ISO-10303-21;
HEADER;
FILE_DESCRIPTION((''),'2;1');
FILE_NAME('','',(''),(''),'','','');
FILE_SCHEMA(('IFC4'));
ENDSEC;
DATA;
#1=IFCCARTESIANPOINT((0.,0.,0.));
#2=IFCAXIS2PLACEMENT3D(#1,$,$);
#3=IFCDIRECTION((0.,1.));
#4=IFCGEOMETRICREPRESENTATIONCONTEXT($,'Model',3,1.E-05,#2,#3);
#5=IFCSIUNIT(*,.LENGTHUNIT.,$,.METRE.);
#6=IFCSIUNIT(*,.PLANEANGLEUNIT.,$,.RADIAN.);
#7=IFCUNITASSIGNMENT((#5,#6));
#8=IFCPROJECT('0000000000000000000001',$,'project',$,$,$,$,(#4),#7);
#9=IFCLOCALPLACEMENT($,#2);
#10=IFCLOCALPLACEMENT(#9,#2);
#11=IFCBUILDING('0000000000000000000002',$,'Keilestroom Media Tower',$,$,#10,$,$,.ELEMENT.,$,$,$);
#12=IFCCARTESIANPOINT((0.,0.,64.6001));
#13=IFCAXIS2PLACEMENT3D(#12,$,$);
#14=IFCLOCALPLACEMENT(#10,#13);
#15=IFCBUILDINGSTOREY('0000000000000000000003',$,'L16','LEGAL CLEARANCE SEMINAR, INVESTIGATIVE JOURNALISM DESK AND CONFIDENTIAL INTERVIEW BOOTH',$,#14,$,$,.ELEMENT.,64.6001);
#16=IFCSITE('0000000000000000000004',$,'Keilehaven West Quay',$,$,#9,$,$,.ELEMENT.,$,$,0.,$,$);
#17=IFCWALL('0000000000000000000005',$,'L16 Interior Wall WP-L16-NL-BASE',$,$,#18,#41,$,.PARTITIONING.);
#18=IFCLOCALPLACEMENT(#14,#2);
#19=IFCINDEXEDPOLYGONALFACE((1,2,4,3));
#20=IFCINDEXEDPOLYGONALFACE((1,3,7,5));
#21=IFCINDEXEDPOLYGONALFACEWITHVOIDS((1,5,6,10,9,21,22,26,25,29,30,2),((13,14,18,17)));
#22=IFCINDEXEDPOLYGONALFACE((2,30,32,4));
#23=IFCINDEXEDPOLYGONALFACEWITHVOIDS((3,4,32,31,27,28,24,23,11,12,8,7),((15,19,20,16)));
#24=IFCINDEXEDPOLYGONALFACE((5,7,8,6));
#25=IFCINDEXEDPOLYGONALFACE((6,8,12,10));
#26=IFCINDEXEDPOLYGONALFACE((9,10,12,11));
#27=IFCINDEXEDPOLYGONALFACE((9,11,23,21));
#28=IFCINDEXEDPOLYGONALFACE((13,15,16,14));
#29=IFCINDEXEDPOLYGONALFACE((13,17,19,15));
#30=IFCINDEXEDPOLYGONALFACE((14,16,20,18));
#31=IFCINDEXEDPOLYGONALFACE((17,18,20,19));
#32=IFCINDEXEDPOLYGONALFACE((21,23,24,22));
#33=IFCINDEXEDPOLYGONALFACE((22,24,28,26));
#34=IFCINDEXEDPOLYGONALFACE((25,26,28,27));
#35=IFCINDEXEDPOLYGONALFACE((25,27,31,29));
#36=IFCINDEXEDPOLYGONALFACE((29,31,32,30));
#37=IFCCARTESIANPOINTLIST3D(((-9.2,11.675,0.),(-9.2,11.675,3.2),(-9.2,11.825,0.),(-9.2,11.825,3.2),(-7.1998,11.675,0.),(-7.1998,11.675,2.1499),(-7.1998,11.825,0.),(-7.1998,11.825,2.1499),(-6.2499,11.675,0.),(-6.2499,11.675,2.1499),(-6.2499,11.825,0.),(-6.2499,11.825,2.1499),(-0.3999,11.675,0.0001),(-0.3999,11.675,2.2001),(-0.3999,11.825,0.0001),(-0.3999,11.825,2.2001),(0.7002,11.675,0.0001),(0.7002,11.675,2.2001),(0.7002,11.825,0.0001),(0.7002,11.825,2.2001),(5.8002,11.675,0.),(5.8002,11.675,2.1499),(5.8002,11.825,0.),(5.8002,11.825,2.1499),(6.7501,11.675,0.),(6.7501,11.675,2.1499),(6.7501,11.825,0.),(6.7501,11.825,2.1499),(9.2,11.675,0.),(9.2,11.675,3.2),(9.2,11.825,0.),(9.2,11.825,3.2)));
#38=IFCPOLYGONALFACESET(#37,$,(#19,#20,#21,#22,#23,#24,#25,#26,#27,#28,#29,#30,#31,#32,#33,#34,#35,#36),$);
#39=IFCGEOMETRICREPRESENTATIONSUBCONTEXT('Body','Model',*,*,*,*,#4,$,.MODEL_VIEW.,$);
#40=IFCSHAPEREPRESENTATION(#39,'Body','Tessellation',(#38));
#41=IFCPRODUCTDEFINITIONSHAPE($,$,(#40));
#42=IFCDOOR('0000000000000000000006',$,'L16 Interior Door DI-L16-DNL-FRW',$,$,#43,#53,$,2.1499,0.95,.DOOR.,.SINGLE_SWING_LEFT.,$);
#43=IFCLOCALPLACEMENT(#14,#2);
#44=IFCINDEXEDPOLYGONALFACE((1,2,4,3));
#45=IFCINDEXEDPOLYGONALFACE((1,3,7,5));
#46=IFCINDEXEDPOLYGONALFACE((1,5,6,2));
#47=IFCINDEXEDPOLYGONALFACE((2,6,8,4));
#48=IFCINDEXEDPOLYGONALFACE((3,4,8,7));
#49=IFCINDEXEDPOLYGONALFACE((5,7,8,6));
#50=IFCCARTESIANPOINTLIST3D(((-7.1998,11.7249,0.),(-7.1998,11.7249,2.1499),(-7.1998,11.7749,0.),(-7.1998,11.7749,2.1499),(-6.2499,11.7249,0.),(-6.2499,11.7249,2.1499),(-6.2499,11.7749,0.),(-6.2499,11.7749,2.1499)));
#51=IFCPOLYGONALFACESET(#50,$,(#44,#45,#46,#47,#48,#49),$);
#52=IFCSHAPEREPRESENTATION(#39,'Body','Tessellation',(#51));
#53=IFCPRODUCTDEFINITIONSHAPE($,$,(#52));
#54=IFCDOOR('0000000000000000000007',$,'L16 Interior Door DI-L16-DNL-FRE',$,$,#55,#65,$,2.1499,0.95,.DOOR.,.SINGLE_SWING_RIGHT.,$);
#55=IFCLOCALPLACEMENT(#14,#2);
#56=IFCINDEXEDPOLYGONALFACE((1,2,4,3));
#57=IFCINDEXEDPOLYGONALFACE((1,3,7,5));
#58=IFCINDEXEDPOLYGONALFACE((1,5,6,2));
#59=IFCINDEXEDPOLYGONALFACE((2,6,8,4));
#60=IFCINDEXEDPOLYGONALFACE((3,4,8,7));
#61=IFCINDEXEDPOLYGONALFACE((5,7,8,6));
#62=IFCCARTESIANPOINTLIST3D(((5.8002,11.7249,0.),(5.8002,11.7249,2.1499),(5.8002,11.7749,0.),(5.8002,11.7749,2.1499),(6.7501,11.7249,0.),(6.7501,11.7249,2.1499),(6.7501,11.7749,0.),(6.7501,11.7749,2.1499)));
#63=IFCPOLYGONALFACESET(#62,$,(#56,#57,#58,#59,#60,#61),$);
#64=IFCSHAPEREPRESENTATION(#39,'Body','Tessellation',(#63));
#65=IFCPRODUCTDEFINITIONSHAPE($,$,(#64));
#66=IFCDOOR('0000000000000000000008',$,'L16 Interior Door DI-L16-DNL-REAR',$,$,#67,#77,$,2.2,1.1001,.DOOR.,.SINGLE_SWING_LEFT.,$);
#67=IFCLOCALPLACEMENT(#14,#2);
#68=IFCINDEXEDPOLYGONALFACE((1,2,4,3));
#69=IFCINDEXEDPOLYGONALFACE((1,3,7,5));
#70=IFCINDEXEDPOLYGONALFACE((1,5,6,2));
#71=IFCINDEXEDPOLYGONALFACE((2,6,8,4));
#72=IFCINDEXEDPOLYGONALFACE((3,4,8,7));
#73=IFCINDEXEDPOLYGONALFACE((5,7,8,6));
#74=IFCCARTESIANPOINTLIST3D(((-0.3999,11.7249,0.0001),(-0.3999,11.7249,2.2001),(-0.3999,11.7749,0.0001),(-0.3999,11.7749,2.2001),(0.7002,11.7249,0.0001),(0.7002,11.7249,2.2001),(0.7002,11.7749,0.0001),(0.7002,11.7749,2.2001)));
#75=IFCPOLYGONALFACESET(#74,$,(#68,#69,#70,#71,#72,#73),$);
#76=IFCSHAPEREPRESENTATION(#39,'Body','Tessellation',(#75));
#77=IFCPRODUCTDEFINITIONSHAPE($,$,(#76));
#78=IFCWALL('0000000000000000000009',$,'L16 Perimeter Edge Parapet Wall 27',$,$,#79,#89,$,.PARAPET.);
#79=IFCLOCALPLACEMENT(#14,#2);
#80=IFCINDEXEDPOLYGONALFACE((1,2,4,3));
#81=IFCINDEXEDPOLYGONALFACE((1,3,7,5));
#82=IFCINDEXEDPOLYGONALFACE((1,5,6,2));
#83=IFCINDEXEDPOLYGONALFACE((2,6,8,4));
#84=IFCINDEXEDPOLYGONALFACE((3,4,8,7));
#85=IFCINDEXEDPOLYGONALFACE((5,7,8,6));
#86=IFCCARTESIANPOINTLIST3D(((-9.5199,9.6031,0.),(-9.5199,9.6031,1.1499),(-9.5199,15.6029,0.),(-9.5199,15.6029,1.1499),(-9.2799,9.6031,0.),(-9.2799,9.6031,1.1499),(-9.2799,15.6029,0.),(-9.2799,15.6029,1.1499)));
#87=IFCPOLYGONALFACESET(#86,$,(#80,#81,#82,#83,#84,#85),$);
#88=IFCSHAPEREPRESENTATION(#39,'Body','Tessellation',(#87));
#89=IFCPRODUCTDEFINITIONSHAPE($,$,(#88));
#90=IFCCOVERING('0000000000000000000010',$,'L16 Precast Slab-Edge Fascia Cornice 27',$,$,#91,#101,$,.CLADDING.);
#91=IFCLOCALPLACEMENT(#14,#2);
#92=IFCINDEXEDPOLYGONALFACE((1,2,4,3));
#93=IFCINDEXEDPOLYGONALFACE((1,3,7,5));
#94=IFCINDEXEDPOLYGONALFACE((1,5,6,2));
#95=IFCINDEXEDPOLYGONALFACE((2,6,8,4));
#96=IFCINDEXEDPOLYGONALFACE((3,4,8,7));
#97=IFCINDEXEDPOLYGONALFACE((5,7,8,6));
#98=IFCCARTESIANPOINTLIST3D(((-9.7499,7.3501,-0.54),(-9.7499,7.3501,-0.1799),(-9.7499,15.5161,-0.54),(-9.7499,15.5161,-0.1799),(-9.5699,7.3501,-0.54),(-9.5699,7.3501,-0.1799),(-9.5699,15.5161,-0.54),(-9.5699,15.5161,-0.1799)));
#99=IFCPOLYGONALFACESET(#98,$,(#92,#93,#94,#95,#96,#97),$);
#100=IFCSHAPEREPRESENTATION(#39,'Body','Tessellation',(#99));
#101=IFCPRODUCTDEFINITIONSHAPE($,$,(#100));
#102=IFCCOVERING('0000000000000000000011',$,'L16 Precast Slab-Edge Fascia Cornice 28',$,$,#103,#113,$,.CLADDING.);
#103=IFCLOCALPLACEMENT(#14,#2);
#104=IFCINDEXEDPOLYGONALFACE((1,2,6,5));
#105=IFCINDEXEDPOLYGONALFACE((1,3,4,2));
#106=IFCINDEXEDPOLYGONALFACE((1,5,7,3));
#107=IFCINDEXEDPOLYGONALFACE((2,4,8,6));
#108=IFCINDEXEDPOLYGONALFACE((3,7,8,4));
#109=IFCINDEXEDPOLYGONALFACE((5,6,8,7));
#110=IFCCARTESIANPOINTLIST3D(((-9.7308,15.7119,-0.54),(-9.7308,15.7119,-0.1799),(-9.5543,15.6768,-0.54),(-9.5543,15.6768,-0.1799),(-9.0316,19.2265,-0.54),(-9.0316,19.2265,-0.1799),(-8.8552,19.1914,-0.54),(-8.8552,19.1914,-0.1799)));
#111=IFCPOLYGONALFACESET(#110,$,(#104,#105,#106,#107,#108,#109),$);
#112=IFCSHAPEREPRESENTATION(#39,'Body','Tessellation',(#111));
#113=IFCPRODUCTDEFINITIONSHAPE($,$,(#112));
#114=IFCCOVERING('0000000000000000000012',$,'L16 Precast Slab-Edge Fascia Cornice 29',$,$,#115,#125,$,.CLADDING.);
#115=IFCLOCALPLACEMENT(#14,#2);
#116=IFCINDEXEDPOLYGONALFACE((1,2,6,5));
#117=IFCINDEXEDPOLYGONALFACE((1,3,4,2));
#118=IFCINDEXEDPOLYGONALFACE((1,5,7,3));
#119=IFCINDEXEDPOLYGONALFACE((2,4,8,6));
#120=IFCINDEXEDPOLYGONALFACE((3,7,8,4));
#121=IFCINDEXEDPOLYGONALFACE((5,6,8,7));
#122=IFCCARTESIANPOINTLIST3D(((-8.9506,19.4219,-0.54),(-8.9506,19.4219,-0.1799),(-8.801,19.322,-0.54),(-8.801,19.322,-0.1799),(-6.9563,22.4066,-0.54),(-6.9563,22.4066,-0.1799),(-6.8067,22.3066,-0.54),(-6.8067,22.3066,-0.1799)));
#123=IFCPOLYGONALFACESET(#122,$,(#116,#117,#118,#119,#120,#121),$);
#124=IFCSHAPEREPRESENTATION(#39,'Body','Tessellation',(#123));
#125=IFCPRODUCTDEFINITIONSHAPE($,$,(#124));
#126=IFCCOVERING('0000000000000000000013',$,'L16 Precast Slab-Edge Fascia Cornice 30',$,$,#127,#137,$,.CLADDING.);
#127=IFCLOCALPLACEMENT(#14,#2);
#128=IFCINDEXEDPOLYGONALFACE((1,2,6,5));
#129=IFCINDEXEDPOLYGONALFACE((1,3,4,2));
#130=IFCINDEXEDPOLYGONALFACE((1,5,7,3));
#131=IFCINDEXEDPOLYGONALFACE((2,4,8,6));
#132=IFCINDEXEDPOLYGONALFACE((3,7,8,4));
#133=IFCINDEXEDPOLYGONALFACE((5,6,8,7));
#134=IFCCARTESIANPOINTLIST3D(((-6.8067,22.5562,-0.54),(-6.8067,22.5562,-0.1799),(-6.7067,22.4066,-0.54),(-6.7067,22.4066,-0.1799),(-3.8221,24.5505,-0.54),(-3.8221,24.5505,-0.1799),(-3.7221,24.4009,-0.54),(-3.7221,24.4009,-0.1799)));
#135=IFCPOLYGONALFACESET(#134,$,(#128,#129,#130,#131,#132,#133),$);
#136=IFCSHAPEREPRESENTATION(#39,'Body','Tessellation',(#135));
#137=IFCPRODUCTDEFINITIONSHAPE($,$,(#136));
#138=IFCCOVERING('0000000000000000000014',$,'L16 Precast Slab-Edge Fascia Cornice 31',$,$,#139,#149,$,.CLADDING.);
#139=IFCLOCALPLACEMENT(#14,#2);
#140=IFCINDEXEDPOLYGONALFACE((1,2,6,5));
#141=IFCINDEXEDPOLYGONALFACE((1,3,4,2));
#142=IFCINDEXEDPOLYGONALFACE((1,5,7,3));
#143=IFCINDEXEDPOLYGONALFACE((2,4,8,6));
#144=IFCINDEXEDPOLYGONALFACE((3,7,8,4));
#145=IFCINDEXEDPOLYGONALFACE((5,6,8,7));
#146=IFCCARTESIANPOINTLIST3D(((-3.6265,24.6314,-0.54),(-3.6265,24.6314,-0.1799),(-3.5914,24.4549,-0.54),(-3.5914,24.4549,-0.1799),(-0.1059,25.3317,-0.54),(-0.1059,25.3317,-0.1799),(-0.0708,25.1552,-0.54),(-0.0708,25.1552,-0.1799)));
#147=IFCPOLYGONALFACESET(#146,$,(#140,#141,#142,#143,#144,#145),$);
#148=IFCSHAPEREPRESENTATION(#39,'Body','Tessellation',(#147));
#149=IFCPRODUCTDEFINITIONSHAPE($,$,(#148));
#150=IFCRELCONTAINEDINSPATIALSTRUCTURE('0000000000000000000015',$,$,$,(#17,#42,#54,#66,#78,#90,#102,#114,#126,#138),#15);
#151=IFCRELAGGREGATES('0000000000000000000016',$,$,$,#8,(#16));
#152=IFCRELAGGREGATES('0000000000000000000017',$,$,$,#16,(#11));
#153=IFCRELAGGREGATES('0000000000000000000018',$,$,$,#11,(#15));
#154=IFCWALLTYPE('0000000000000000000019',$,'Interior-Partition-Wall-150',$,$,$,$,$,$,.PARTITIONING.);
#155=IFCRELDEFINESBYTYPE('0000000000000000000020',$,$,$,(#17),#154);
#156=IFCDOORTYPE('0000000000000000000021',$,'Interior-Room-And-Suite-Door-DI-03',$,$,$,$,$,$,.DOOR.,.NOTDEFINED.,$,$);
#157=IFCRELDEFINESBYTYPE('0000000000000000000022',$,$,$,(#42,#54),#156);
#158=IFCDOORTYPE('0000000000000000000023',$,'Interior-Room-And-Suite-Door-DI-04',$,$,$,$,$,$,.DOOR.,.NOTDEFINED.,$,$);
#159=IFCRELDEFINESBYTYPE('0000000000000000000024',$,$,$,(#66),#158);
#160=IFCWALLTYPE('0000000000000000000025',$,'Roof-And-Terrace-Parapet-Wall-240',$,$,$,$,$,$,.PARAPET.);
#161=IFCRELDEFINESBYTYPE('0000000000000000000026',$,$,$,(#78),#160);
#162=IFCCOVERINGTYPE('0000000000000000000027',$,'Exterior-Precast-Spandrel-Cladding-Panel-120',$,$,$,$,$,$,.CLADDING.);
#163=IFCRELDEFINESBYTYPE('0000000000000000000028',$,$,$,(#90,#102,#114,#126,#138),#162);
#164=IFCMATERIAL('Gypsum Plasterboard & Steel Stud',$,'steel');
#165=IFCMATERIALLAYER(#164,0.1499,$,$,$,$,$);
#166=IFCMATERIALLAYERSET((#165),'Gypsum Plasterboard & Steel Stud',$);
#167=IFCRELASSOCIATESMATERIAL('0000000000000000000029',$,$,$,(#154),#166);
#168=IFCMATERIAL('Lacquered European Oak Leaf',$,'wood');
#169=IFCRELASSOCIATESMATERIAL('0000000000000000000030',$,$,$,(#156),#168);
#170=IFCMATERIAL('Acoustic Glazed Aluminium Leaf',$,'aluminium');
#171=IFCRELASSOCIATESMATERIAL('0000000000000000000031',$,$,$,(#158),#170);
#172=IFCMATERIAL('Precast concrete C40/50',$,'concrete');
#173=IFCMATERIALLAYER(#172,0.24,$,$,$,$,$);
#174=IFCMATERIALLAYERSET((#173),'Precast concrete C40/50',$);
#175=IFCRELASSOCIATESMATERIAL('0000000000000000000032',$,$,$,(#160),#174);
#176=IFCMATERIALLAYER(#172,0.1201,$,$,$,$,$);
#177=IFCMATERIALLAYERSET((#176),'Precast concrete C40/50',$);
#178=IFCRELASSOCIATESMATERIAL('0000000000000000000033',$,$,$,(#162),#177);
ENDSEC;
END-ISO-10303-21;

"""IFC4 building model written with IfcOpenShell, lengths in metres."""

from ifc_helpers import new_model, si_unit, direction, frame, frame_2d, origin, origin_2d, place, context, subcontext, project, spatial, rectangle, extrude, source, transform, mapped, material, layer, layer_set, type_object, element, fill, save


model = new_model("IFC4")

# Units and contexts
model_context = context("Model", 3, precision=1e-05, world=origin(), true_north=direction((0.0, 1.0)))
body_context = subcontext(model_context, "Body", "Model", "MODEL_VIEW")
ifc_project = project(units=[si_unit("LENGTHUNIT", "METRE"), si_unit("PLANEANGLEUNIT", "RADIAN")], contexts=[model_context])

# Site, building, storey
site_placement = place(None, origin())
site = spatial("IfcSite", under=ifc_project, at=site_placement, Name="Keilehaven West Quay", CompositionType="ELEMENT", RefElevation=0.0)
building_placement = place(site_placement, origin())
building = spatial("IfcBuilding", under=site, at=building_placement, Name="Keilestroom Media Tower", CompositionType="ELEMENT")
storey_placement = place(building_placement, frame((0.0, 0.0, 64.6001)))
storey = spatial("IfcBuildingStorey", under=building, at=storey_placement, Name="L16", Description="LEGAL CLEARANCE SEMINAR, INVESTIGATIVE JOURNALISM DESK AND CONFIDENTIAL INTERVIEW BOOTH", CompositionType="ELEMENT", Elevation=64.6001)

# Shared definitions
ifc_material_1 = material(Name="Precast concrete C40/50", Category="concrete")
ifc_material_2 = material(Name="Gypsum Plasterboard & Steel Stud", Category="steel")

# Wall, openings, doors
ifc_layer_1 = layer(ifc_material_2, 0.1499)
ifc_layer_set_1 = layer_set([ifc_layer_1], Name="Gypsum Plasterboard & Steel Stud")
wall_type_1 = type_object("IfcWallType", Name="Interior-Partition-Wall-150", PredefinedType="PARTITIONING", material=ifc_layer_set_1)
wall_1_placement = place(storey_placement, frame((-9.2, 11.75, 0.0), z_axis=(0.0, 0.0, 1.0), x_axis=(1.0, 0.0, 0.0)))
wall_1 = element("IfcWall", 1, at=wall_1_placement, inside=storey, type_object=wall_type_1, Name="L16 Interior Wall WP-L16-NL-BASE", PredefinedType="PARTITIONING", context=body_context, shape_type="SweptSolid", body=[
    extrude(rectangle(XDim=18.3999, YDim=0.1499, at=frame_2d((9.2, 0.0))), origin(), (0.0, 0.0, 1.0), 3.2),
])
opening_1_placement = place(wall_1_placement, frame((2.0, 0.0, 0.0)))
opening_1 = element("IfcOpeningElement", 2, at=opening_1_placement, cuts=wall_1, PredefinedType="OPENING", context=body_context, shape_type="SweptSolid", body=[
    extrude(rectangle(XDim=0.95, YDim=2.1499, at=frame_2d((0.4751, 1.075))), frame((0.0, 0.085, 0.0), z_axis=(0.0, -1.0, 0.0), x_axis=(1.0, 0.0, 0.0)), (0.0, 0.0, 1.0), 0.1699),
])
opening_2_placement = place(wall_1_placement, frame((15.0, 0.0, 0.0)))
opening_2 = element("IfcOpeningElement", 3, at=opening_2_placement, cuts=wall_1, PredefinedType="OPENING", context=body_context, shape_type="SweptSolid", body=[
    extrude(rectangle(XDim=0.95, YDim=2.1499, at=frame_2d((0.4751, 1.075))), frame((0.0, 0.085, 0.0), z_axis=(0.0, -1.0, 0.0), x_axis=(1.0, 0.0, 0.0)), (0.0, 0.0, 1.0), 0.1699),
])
opening_3_placement = place(wall_1_placement, frame((8.8, 0.0, 0.0)))
opening_3 = element("IfcOpeningElement", 4, at=opening_3_placement, cuts=wall_1, PredefinedType="OPENING", context=body_context, shape_type="SweptSolid", body=[
    extrude(rectangle(XDim=1.1001, YDim=2.2, at=frame_2d((0.55, 1.1001))), frame((0.0, 0.085, 0.0), z_axis=(0.0, -1.0, 0.0), x_axis=(1.0, 0.0, 0.0)), (0.0, 0.0, 1.0), 0.1699),
])
ifc_material_3 = material(Name="Lacquered European Oak Leaf", Category="wood")
door_type_1 = type_object("IfcDoorType", Name="Interior-Room-And-Suite-Door-DI-03", OperationType="NOTDEFINED", PredefinedType="DOOR", material=ifc_material_3)
shared_shape_1 = source(origin(), body_context, "Body", "SweptSolid", [
    extrude(rectangle(XDim=0.95, YDim=2.1499, at=frame_2d((0.4751, 1.075))), frame((0.0, 0.0249, 0.0), z_axis=(0.0, -1.0, 0.0), x_axis=(1.0, 0.0, 0.0)), (0.0, 0.0, 1.0), 0.05),
])
door_1_placement = place(opening_1_placement, origin())
door_1 = element("IfcDoor", 5, at=door_1_placement, inside=storey, type_object=door_type_1, Name="L16 Interior Door DI-L16-DNL-FRW", OperationType="SINGLE_SWING_LEFT", OverallHeight=2.1499, OverallWidth=0.95, PredefinedType="DOOR", context=body_context, shape_type="MappedRepresentation", body=[
    mapped(shared_shape_1, transform((0.0, 0.0, 0.0), x_axis=(1.0, 0.0, 0.0), y_axis=(0.0, 1.0, 0.0), z_axis=(0.0, 0.0, 1.0), scale=1.0)),
])
fill(opening_1, door_1)
door_2_placement = place(opening_2_placement, origin())
door_2 = element("IfcDoor", 6, at=door_2_placement, inside=storey, type_object=door_type_1, Name="L16 Interior Door DI-L16-DNL-FRE", OperationType="SINGLE_SWING_RIGHT", OverallHeight=2.1499, OverallWidth=0.95, PredefinedType="DOOR", context=body_context, shape_type="MappedRepresentation", body=[
    mapped(shared_shape_1, transform((0.0, 0.0, 0.0), x_axis=(1.0, 0.0, 0.0), y_axis=(0.0, 1.0, 0.0), z_axis=(0.0, 0.0, 1.0), scale=1.0)),
])
fill(opening_2, door_2)
ifc_material_4 = material(Name="Acoustic Glazed Aluminium Leaf", Category="aluminium")
door_type_2 = type_object("IfcDoorType", Name="Interior-Room-And-Suite-Door-DI-04", OperationType="NOTDEFINED", PredefinedType="DOOR", material=ifc_material_4)
shared_shape_2 = source(origin(), body_context, "Body", "SweptSolid", [
    extrude(rectangle(XDim=1.1001, YDim=2.2, at=frame_2d((0.55, 1.1001))), frame((0.0, 0.0249, 0.0), z_axis=(0.0, -1.0, 0.0), x_axis=(1.0, 0.0, 0.0)), (0.0, 0.0, 1.0), 0.05),
])
door_3_placement = place(opening_3_placement, origin())
door_3 = element("IfcDoor", 7, at=door_3_placement, inside=storey, type_object=door_type_2, Name="L16 Interior Door DI-L16-DNL-REAR", OperationType="SINGLE_SWING_LEFT", OverallHeight=2.2, OverallWidth=1.1001, PredefinedType="DOOR", context=body_context, shape_type="MappedRepresentation", body=[
    mapped(shared_shape_2, transform((0.0, 0.0, 0.0), x_axis=(1.0, 0.0, 0.0), y_axis=(0.0, 1.0, 0.0), z_axis=(0.0, 0.0, 1.0), scale=1.0)),
])
fill(opening_3, door_3)

# Wall
ifc_layer_2 = layer(ifc_material_1, 0.24)
ifc_layer_set_2 = layer_set([ifc_layer_2], Name="Precast concrete C40/50")
wall_type_2 = type_object("IfcWallType", Name="Roof-And-Terrace-Parapet-Wall-240", PredefinedType="PARAPET", material=ifc_layer_set_2)
wall_2_placement = place(storey_placement, frame((-9.3999, 9.603, 0.0), z_axis=(0.0, 0.0, 1.0), x_axis=(0.0, 1.0, 0.0)))
element("IfcWall", 8, at=wall_2_placement, inside=storey, type_object=wall_type_2, Name="L16 Perimeter Edge Parapet Wall 27", PredefinedType="PARAPET", context=body_context, shape_type="SweptSolid", body=[
    extrude(rectangle(XDim=5.9998, YDim=0.24, at=frame_2d((3.0, 0.0))), origin(), (0.0, 0.0, 1.0), 1.1499),
])

# Coverings
ifc_layer_3 = layer(ifc_material_1, 0.1201)
ifc_layer_set_3 = layer_set([ifc_layer_3], Name="Precast concrete C40/50")
covering_type = type_object("IfcCoveringType", Name="Exterior-Precast-Spandrel-Cladding-Panel-120", PredefinedType="CLADDING", material=ifc_layer_set_3)
shared_shape_3 = source(origin(), body_context, "Body", "SweptSolid", [
    extrude(rectangle(XDim=8.166, YDim=0.1799, at=origin_2d()), origin(), (0.0, 0.0, 1.0), 0.3601),
])
covering_1_placement = place(storey_placement, frame((-9.6599, 11.4331, -0.54), z_axis=(0.0, 0.0, 1.0), x_axis=(0.0, 1.0, 0.0)))
element("IfcCovering", 9, at=covering_1_placement, inside=storey, type_object=covering_type, Name="L16 Precast Slab-Edge Fascia Cornice 27", PredefinedType="CLADDING", context=body_context, shape_type="MappedRepresentation", body=[
    mapped(shared_shape_3, transform((0.0, 0.0, 0.0), x_axis=(1.0, 0.0, 0.0), y_axis=(0.0, 1.0, 0.0), z_axis=(0.0, 0.0, 1.0), scale=1.0)),
])
shared_shape_4 = source(origin(), body_context, "Body", "SweptSolid", [
    extrude(rectangle(XDim=3.5835, YDim=0.1799, at=origin_2d()), origin(), (0.0, 0.0, 1.0), 0.3601),
])
covering_2_placement = place(storey_placement, frame((-9.293, 17.4517, -0.54), z_axis=(0.0, 0.0, 1.0), x_axis=(0.195099, 0.980784, 0.0)))
element("IfcCovering", 10, at=covering_2_placement, inside=storey, type_object=covering_type, Name="L16 Precast Slab-Edge Fascia Cornice 28", PredefinedType="CLADDING", context=body_context, shape_type="MappedRepresentation", body=[
    mapped(shared_shape_4, transform((0.0, 0.0, 0.0), x_axis=(1.0, 0.0, 0.0), y_axis=(0.0, 1.0, 0.0), z_axis=(0.0, 0.0, 1.0), scale=1.0)),
])
shared_shape_5 = source(origin(), body_context, "Body", "SweptSolid", [
    extrude(rectangle(XDim=3.5896, YDim=0.1799, at=origin_2d()), origin(), (0.0, 0.0, 1.0), 0.3601),
])
for number, where, z_axis, x_axis, name in (
    (11, (-7.8787, 20.8643, -0.54), (0.0, 0.0, 1.0), (0.555575, 0.831467, 0.0), "L16 Precast Slab-Edge Fascia Cornice 29"),
    (12, (-5.2644, 23.4785, -0.54), (0.0, 0.0, 1.0), (0.831467, 0.555575, 0.0), "L16 Precast Slab-Edge Fascia Cornice 30"),
    (13, (-1.8486, 24.8933, -0.54), (0.0, 0.0, 1.0), (0.980784, 0.195099, 0.0), "L16 Precast Slab-Edge Fascia Cornice 31"),
):
    element("IfcCovering", number, at=place(storey_placement, frame(where, z_axis=z_axis, x_axis=x_axis)), inside=storey, type_object=covering_type, Name=name, PredefinedType="CLADDING", context=body_context, shape_type="MappedRepresentation", body=[
        mapped(shared_shape_5, transform((0.0, 0.0, 0.0), x_axis=(1.0, 0.0, 0.0), y_axis=(0.0, 1.0, 0.0), z_axis=(0.0, 0.0, 1.0), scale=1.0)),
    ])

save(model, "model.ifc")
